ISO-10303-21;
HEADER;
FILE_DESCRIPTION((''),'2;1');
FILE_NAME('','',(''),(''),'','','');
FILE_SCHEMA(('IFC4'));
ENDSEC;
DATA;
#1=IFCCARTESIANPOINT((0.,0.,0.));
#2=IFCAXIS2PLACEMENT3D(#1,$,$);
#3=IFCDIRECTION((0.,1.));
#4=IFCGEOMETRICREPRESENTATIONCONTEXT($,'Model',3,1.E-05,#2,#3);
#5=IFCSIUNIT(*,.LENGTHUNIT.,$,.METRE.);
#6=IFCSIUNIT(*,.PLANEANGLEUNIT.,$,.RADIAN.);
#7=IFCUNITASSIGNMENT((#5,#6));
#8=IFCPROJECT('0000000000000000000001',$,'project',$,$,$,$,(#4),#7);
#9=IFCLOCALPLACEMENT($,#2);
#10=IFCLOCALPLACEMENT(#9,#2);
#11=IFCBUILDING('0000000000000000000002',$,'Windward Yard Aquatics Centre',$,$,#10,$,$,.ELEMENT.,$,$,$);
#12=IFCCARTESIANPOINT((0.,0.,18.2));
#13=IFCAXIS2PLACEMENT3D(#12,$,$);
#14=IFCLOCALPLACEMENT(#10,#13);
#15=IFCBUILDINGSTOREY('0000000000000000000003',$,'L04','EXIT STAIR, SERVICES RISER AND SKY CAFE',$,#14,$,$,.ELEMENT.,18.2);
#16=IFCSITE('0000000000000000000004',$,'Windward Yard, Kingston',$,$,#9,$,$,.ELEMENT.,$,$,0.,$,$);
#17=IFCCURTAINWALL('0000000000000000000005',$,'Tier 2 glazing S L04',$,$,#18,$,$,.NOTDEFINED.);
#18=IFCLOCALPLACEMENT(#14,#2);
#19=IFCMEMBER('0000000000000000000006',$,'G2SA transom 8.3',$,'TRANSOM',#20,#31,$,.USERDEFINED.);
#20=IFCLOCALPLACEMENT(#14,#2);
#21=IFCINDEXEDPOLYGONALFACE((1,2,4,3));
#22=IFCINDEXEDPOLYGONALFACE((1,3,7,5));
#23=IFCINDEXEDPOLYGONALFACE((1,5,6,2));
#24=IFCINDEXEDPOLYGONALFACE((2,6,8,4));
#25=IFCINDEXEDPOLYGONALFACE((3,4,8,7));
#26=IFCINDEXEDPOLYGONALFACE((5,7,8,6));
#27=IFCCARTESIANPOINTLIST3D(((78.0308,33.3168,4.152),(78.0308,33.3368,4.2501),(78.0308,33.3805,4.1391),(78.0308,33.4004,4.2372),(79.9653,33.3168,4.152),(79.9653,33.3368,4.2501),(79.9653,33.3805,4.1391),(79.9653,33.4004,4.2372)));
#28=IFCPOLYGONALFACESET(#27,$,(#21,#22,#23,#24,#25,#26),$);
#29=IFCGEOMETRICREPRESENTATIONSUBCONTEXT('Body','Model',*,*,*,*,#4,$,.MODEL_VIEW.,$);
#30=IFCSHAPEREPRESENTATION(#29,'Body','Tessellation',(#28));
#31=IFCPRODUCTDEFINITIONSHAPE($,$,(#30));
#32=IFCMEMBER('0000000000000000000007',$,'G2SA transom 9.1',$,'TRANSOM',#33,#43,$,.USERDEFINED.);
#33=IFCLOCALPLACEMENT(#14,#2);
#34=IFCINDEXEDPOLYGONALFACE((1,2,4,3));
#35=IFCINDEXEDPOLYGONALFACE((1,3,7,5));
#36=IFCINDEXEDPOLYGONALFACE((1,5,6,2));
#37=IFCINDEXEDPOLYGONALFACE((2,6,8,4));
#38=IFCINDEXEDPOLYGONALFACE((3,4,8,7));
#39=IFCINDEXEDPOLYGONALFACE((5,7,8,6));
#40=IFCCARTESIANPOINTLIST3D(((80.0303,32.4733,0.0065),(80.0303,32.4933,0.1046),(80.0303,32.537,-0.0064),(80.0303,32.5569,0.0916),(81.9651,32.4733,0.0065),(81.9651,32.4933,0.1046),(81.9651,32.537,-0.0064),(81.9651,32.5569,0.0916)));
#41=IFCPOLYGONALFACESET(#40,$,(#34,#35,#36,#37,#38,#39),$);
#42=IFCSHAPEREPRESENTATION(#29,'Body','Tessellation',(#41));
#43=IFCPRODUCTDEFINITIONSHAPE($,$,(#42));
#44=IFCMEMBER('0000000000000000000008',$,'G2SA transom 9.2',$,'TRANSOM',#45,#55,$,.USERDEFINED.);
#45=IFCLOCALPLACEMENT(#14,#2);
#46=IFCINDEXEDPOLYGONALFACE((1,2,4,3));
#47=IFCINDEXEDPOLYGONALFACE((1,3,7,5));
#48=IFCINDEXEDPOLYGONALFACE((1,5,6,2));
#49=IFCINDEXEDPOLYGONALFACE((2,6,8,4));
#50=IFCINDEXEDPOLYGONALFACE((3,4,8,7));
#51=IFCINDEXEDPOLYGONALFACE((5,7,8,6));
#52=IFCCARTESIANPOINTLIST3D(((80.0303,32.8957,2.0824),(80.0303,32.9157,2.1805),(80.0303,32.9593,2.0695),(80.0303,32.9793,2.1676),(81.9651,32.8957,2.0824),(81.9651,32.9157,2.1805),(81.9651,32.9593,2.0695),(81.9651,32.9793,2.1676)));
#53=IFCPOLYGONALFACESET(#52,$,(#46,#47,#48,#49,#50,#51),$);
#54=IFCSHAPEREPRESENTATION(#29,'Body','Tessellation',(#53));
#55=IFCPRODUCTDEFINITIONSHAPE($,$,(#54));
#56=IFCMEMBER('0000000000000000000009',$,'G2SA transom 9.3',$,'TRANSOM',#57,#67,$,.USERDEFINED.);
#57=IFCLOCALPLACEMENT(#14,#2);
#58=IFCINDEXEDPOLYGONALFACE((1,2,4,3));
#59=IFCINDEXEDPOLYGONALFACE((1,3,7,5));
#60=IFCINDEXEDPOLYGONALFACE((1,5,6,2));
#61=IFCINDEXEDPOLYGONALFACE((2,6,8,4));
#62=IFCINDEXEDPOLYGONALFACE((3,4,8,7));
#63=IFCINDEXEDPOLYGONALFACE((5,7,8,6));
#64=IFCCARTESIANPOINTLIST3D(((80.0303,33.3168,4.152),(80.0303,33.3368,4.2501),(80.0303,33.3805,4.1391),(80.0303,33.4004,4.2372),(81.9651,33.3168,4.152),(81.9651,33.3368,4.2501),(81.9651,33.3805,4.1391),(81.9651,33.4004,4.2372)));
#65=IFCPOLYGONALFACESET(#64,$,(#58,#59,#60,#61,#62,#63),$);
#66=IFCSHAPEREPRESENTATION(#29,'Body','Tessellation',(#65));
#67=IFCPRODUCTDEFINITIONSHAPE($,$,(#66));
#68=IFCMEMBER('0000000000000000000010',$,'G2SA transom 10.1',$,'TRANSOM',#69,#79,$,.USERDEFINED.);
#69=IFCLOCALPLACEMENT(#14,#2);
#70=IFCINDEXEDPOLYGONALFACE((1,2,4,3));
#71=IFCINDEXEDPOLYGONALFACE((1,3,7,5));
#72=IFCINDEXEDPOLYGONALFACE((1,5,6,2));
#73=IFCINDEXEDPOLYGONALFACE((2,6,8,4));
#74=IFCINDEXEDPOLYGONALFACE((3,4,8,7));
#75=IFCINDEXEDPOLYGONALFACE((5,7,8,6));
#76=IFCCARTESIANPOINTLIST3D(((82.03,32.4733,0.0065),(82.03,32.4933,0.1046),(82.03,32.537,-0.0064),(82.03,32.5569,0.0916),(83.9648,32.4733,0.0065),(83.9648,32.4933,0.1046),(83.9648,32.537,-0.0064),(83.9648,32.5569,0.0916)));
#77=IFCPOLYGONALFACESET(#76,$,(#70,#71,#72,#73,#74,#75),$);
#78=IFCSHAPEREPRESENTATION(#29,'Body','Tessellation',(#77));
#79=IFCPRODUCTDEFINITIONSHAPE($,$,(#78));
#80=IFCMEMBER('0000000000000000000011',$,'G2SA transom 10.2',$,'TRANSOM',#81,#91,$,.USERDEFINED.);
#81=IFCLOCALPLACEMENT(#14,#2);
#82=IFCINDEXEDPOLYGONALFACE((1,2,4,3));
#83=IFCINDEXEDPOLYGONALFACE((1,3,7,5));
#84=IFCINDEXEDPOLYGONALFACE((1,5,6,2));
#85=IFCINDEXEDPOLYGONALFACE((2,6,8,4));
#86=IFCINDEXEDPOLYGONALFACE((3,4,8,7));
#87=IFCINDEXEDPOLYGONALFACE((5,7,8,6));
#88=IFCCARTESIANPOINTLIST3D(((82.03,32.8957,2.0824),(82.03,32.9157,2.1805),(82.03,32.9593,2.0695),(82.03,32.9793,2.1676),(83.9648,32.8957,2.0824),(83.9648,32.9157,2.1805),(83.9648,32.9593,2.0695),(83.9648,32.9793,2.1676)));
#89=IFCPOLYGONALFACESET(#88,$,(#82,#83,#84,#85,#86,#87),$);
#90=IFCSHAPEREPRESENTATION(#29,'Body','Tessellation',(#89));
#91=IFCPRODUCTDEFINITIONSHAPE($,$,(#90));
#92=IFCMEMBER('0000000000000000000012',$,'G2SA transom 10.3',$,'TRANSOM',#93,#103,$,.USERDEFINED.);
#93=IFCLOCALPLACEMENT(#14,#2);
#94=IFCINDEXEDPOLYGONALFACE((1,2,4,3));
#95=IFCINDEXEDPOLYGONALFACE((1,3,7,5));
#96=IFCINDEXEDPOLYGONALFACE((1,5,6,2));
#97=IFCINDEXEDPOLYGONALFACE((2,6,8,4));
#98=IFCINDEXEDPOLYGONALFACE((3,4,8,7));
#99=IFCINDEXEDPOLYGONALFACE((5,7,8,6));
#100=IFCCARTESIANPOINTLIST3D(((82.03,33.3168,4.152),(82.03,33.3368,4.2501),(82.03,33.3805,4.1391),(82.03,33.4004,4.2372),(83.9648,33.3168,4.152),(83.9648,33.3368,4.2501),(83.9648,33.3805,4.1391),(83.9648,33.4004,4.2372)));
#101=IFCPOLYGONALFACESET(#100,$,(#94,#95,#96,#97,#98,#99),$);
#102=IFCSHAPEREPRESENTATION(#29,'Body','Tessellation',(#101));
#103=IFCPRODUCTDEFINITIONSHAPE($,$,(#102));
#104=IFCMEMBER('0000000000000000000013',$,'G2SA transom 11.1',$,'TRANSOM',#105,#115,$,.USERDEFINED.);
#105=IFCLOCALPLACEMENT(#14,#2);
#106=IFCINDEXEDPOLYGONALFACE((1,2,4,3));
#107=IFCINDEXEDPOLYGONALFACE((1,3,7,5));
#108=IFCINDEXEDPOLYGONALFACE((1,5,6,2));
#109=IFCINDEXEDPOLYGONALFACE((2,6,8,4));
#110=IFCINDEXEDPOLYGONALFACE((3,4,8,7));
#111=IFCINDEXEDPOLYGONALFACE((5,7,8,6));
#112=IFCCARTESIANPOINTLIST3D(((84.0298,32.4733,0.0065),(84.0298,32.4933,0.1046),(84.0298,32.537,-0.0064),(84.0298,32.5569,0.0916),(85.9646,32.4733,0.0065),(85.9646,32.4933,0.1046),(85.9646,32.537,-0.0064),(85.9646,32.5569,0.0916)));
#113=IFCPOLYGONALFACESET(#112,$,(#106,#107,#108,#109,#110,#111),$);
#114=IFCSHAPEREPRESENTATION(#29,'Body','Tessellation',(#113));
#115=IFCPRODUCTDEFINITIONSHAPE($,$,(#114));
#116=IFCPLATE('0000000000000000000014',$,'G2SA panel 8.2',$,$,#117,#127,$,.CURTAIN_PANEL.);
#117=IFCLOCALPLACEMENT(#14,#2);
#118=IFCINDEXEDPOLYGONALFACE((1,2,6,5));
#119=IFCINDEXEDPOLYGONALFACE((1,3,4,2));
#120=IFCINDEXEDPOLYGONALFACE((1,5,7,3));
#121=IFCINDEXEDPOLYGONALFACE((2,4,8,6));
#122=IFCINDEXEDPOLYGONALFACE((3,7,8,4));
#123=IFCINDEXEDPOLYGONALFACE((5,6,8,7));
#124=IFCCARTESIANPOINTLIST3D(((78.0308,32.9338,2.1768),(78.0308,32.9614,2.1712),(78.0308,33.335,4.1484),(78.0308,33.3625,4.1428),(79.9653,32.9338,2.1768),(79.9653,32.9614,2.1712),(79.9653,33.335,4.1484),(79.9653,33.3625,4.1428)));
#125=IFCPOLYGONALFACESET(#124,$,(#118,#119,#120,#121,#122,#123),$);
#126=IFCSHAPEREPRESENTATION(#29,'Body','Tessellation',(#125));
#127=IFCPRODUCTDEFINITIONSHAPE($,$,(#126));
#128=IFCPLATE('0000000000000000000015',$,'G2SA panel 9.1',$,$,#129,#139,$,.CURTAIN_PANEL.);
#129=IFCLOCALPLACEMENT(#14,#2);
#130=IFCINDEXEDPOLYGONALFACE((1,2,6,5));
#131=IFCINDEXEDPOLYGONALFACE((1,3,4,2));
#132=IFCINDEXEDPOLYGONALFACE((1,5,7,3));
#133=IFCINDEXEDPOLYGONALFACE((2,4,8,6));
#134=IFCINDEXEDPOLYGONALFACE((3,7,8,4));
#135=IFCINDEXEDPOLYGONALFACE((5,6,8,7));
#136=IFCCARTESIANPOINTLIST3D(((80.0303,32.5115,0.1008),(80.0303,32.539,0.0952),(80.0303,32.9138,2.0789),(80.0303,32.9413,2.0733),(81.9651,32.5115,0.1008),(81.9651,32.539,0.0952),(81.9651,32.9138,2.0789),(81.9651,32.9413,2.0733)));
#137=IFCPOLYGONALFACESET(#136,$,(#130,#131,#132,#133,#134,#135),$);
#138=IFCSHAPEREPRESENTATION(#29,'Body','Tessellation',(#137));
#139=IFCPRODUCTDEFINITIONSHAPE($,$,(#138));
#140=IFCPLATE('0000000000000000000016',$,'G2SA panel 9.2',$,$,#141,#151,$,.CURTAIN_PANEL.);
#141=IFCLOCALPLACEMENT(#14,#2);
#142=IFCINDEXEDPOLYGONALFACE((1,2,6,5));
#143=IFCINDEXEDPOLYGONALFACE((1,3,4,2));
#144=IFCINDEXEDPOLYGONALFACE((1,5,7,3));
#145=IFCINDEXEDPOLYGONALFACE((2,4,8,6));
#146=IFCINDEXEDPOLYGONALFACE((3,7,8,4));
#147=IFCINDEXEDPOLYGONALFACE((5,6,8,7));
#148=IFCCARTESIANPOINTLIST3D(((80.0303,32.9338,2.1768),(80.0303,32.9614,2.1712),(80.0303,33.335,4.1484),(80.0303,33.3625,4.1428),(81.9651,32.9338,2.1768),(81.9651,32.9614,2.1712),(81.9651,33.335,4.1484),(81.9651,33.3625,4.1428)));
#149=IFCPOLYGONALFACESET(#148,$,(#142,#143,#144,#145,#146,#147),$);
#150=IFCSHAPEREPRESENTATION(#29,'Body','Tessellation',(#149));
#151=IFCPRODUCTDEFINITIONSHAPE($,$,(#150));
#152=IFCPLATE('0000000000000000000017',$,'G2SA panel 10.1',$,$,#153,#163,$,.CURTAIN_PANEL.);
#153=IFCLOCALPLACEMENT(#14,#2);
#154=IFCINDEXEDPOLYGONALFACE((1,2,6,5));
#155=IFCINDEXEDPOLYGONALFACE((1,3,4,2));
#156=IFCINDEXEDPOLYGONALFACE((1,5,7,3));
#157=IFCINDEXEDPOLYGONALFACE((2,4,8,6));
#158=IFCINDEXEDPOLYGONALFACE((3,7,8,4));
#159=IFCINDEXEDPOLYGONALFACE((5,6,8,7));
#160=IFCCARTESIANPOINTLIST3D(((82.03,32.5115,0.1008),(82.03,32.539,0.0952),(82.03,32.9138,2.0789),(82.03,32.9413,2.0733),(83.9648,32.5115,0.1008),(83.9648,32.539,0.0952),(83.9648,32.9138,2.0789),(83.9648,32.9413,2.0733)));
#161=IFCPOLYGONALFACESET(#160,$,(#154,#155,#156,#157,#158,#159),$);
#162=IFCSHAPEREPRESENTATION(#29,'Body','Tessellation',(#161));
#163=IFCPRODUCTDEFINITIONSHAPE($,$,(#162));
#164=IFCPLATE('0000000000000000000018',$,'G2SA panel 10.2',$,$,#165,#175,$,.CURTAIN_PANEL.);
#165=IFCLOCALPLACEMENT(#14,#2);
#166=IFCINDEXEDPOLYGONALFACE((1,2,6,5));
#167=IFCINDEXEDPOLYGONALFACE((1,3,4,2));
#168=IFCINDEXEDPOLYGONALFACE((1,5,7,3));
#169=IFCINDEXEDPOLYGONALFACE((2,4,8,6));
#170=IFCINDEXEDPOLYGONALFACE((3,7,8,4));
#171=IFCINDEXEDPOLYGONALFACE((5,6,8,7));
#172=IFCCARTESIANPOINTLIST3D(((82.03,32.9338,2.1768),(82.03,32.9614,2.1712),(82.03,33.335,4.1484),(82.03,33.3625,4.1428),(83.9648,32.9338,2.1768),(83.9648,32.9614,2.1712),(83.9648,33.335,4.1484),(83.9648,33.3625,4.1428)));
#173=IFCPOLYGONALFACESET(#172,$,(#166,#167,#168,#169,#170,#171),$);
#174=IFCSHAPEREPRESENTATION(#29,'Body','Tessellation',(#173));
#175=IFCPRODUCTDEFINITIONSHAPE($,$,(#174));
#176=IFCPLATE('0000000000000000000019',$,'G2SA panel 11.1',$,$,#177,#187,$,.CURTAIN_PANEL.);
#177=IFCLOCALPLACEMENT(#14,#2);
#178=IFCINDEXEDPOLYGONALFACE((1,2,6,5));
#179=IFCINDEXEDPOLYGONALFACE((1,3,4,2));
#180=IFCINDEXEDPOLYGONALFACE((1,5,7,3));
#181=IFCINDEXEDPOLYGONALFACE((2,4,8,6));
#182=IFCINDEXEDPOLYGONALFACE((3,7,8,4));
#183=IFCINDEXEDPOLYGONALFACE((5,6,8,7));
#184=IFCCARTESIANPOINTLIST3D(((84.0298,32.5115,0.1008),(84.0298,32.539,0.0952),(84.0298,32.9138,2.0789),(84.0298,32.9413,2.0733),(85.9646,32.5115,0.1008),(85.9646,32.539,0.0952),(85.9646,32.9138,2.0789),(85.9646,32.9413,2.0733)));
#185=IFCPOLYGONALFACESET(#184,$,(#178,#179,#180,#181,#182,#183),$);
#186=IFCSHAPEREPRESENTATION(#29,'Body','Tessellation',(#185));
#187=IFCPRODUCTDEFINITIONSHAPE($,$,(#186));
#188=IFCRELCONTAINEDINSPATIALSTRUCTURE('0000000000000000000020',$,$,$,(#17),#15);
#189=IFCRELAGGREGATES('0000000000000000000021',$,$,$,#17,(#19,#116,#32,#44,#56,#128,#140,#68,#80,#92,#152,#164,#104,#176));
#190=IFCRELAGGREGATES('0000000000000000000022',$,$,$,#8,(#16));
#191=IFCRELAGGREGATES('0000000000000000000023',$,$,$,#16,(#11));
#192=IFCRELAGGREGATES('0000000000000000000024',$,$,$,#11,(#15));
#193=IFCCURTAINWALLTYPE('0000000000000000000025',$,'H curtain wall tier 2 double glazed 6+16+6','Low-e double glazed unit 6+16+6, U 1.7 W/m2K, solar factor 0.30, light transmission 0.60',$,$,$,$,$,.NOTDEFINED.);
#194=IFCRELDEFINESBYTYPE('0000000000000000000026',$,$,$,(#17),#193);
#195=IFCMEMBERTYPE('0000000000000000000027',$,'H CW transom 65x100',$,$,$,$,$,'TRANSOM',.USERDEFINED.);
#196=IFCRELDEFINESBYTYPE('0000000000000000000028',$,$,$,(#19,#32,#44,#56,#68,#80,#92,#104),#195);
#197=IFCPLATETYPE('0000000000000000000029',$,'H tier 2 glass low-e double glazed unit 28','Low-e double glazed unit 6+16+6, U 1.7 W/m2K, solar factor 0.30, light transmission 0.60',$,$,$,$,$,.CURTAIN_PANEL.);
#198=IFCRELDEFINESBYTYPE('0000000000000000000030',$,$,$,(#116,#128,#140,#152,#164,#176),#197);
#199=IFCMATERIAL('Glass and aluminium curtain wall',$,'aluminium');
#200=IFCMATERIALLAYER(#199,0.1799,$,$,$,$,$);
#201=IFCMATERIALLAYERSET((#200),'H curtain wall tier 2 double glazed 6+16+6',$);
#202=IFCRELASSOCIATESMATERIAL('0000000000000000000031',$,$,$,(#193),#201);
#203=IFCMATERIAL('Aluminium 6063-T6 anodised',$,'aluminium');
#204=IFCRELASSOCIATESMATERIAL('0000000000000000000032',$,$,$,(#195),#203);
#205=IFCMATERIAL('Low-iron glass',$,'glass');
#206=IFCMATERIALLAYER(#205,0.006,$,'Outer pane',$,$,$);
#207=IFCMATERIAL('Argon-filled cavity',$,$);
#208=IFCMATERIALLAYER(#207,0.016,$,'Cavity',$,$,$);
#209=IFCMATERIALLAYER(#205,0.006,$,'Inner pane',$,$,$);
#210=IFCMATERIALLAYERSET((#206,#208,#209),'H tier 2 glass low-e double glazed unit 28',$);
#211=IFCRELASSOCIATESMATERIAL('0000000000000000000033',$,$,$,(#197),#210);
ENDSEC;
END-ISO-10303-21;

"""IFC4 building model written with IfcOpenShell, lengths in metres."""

from ifc_helpers import new_model, si_unit, direction, frame, origin, origin_2d, place, context, subcontext, project, spatial, polyline, rectangle, outline, extrude, material, layer, layer_set, material_profile, profile_set, type_object, element, aggregate, save


model = new_model("IFC4")

# Units and contexts
model_context = context("Model", 3, precision=1e-05, world=origin(), true_north=direction((0.0, 1.0)))
body_context = subcontext(model_context, "Body", "Model", "MODEL_VIEW")
ifc_project = project(units=[si_unit("LENGTHUNIT", "METRE"), si_unit("PLANEANGLEUNIT", "RADIAN")], contexts=[model_context])

# Site, building, storey
site_placement = place(None, origin())
site = spatial("IfcSite", under=ifc_project, at=site_placement, Name="Windward Yard, Kingston", CompositionType="ELEMENT", RefElevation=0.0)
building_placement = place(site_placement, origin())
building = spatial("IfcBuilding", under=site, at=building_placement, Name="Windward Yard Aquatics Centre", CompositionType="ELEMENT")
storey_placement = place(building_placement, frame((0.0, 0.0, 18.2)))
storey = spatial("IfcBuildingStorey", under=building, at=storey_placement, Name="L04", Description="EXIT STAIR, SERVICES RISER AND SKY CAFE", CompositionType="ELEMENT", Elevation=18.2)

# Curtain wall, members, plates
ifc_material_1 = material(Name="Glass and aluminium curtain wall", Category="aluminium")
ifc_layer_1 = layer(ifc_material_1, 0.1799)
ifc_layer_set_1 = layer_set([ifc_layer_1], Name="H curtain wall tier 2 double glazed 6+16+6")
curtain_wall_type = type_object("IfcCurtainWallType", Name="H curtain wall tier 2 double glazed 6+16+6", Description="Low-e double glazed unit 6+16+6, U 1.7 W/m2K, solar factor 0.30, light transmission 0.60", PredefinedType="NOTDEFINED", material=ifc_layer_set_1)
curtain_wall_placement = place(storey_placement, origin())
curtain_wall = element("IfcCurtainWall", 1, at=curtain_wall_placement, inside=storey, type_object=curtain_wall_type, Name="Tier 2 glazing S L04", PredefinedType="NOTDEFINED")
ifc_material_2 = material(Name="Aluminium 6063-T6 anodised", Category="aluminium")
ifc_material_profile_1 = material_profile(ifc_material_2, rectangle(XDim=0.0649, YDim=0.1001, at=origin_2d()), Name="H CW transom 65x100")
ifc_profile_set_1 = profile_set([ifc_material_profile_1], Name="Aluminium 6063-T6 anodised")
member_type_1 = type_object("IfcMemberType", Name="H CW transom 65x100", ElementType="TRANSOM", PredefinedType="USERDEFINED", material=ifc_profile_set_1)
member_1_placement = place(storey_placement, frame((78.0308, 33.3586, 4.1946), z_axis=(1.0, 0.0, 0.0), x_axis=(0.0, -0.979925, 0.199368)))
member_1 = element("IfcMember", 2, at=member_1_placement, type_object=member_type_1, Name="G2SA transom 8.3", ObjectType="TRANSOM", PredefinedType="USERDEFINED", context=body_context, shape_type="SweptSolid", body=[
    extrude(rectangle(XDim=0.0649, YDim=0.1001, at=origin_2d()), origin(), (0.0, 0.0, 1.0), 1.9346),
])
member_2_placement = place(storey_placement, frame((80.0303, 32.5151, 0.0491), z_axis=(1.0, 0.0, 0.0), x_axis=(0.0, -0.979925, 0.199368)))
member_2 = element("IfcMember", 3, at=member_2_placement, type_object=member_type_1, Name="G2SA transom 9.1", ObjectType="TRANSOM", PredefinedType="USERDEFINED", context=body_context, shape_type="SweptSolid", body=[
    extrude(rectangle(XDim=0.0649, YDim=0.1001, at=origin_2d()), origin(), (0.0, 0.0, 1.0), 1.9348),
])
member_3_placement = place(storey_placement, frame((80.0303, 32.9375, 2.125), z_axis=(1.0, 0.0, 0.0), x_axis=(0.0, -0.979925, 0.199368)))
member_3 = element("IfcMember", 4, at=member_3_placement, type_object=member_type_1, Name="G2SA transom 9.2", ObjectType="TRANSOM", PredefinedType="USERDEFINED", context=body_context, shape_type="SweptSolid", body=[
    extrude(rectangle(XDim=0.0649, YDim=0.1001, at=origin_2d()), origin(), (0.0, 0.0, 1.0), 1.9348),
])
member_4_placement = place(storey_placement, frame((80.0303, 33.3586, 4.1946), z_axis=(1.0, 0.0, 0.0), x_axis=(0.0, -0.979925, 0.199368)))
member_4 = element("IfcMember", 5, at=member_4_placement, type_object=member_type_1, Name="G2SA transom 9.3", ObjectType="TRANSOM", PredefinedType="USERDEFINED", context=body_context, shape_type="SweptSolid", body=[
    extrude(rectangle(XDim=0.0649, YDim=0.1001, at=origin_2d()), origin(), (0.0, 0.0, 1.0), 1.9348),
])
member_5_placement = place(storey_placement, frame((82.03, 32.5151, 0.0491), z_axis=(1.0, 0.0, 0.0), x_axis=(0.0, -0.979925, 0.199368)))
member_5 = element("IfcMember", 6, at=member_5_placement, type_object=member_type_1, Name="G2SA transom 10.1", ObjectType="TRANSOM", PredefinedType="USERDEFINED", context=body_context, shape_type="SweptSolid", body=[
    extrude(rectangle(XDim=0.0649, YDim=0.1001, at=origin_2d()), origin(), (0.0, 0.0, 1.0), 1.9348),
])
member_6_placement = place(storey_placement, frame((82.03, 32.9375, 2.125), z_axis=(1.0, 0.0, 0.0), x_axis=(0.0, -0.979925, 0.199368)))
member_6 = element("IfcMember", 7, at=member_6_placement, type_object=member_type_1, Name="G2SA transom 10.2", ObjectType="TRANSOM", PredefinedType="USERDEFINED", context=body_context, shape_type="SweptSolid", body=[
    extrude(rectangle(XDim=0.0649, YDim=0.1001, at=origin_2d()), origin(), (0.0, 0.0, 1.0), 1.9348),
])
member_7_placement = place(storey_placement, frame((82.03, 33.3586, 4.1946), z_axis=(1.0, 0.0, 0.0), x_axis=(0.0, -0.979925, 0.199368)))
member_7 = element("IfcMember", 8, at=member_7_placement, type_object=member_type_1, Name="G2SA transom 10.3", ObjectType="TRANSOM", PredefinedType="USERDEFINED", context=body_context, shape_type="SweptSolid", body=[
    extrude(rectangle(XDim=0.0649, YDim=0.1001, at=origin_2d()), origin(), (0.0, 0.0, 1.0), 1.9348),
])
member_8_placement = place(storey_placement, frame((84.0298, 32.5151, 0.0491), z_axis=(1.0, 0.0, 0.0), x_axis=(0.0, -0.979925, 0.199368)))
member_8 = element("IfcMember", 9, at=member_8_placement, type_object=member_type_1, Name="G2SA transom 11.1", ObjectType="TRANSOM", PredefinedType="USERDEFINED", context=body_context, shape_type="SweptSolid", body=[
    extrude(rectangle(XDim=0.0649, YDim=0.1001, at=origin_2d()), origin(), (0.0, 0.0, 1.0), 1.9348),
])
ifc_material_3 = material(Name="Low-iron glass", Category="glass")
ifc_layer_2 = layer(ifc_material_3, 0.006, Name="Outer pane")
ifc_material_4 = material(Name="Argon-filled cavity")
ifc_layer_3 = layer(ifc_material_4, 0.016, Name="Cavity")
ifc_layer_4 = layer(ifc_material_3, 0.006, Name="Inner pane")
ifc_layer_set_2 = layer_set([ifc_layer_2, ifc_layer_3, ifc_layer_4], Name="H tier 2 glass low-e double glazed unit 28")
plate_type = type_object("IfcPlateType", Name="H tier 2 glass low-e double glazed unit 28", Description="Low-e double glazed unit 6+16+6, U 1.7 W/m2K, solar factor 0.30, light transmission 0.60", PredefinedType="CURTAIN_PANEL", material=ifc_layer_set_2)
plate_1_placement = place(storey_placement, frame((78.0308, 32.9338, 2.1768), z_axis=(0.0, -0.979927, 0.199359), x_axis=(1.0, 0.0, 0.0)))
plate_1 = element("IfcPlate", 10, at=plate_1_placement, type_object=plate_type, Name="G2SA panel 8.2", PredefinedType="CURTAIN_PANEL", context=body_context, shape_type="SweptSolid", body=[
    extrude(outline(polyline([(0.0, 0.0), (1.9346, 0.0), (1.9346, 2.0121), (0.0, 2.0121), (0.0, 0.0)])), origin(), (0.0, 0.0, -1.0), 0.0281),
])
plate_2_placement = place(storey_placement, frame((80.0303, 32.5115, 0.1008), z_axis=(0.0, -0.979933, 0.199325), x_axis=(1.0, 0.0, 0.0)))
plate_2 = element("IfcPlate", 11, at=plate_2_placement, type_object=plate_type, Name="G2SA panel 9.1", PredefinedType="CURTAIN_PANEL", context=body_context, shape_type="SweptSolid", body=[
    extrude(outline(polyline([(0.0, 0.0), (1.9348, 0.0), (1.9348, 2.0185), (0.0, 2.0185), (0.0, 0.0)])), origin(), (0.0, 0.0, -1.0), 0.0281),
])
plate_3_placement = place(storey_placement, frame((80.0303, 32.9338, 2.1768), z_axis=(0.0, -0.979927, 0.199359), x_axis=(1.0, 0.0, 0.0)))
plate_3 = element("IfcPlate", 12, at=plate_3_placement, type_object=plate_type, Name="G2SA panel 9.2", PredefinedType="CURTAIN_PANEL", context=body_context, shape_type="SweptSolid", body=[
    extrude(outline(polyline([(0.0, 0.0), (1.9348, 0.0), (1.9348, 2.0121), (0.0, 2.0121), (0.0, 0.0)])), origin(), (0.0, 0.0, -1.0), 0.0281),
])
plate_4_placement = place(storey_placement, frame((82.03, 32.5115, 0.1008), z_axis=(0.0, -0.979933, 0.199325), x_axis=(1.0, 0.0, 0.0)))
plate_4 = element("IfcPlate", 13, at=plate_4_placement, type_object=plate_type, Name="G2SA panel 10.1", PredefinedType="CURTAIN_PANEL", context=body_context, shape_type="SweptSolid", body=[
    extrude(outline(polyline([(0.0, 0.0), (1.9348, 0.0), (1.9348, 2.0185), (0.0, 2.0185), (0.0, 0.0)])), origin(), (0.0, 0.0, -1.0), 0.0281),
])
plate_5_placement = place(storey_placement, frame((82.03, 32.9338, 2.1768), z_axis=(0.0, -0.979927, 0.199359), x_axis=(1.0, 0.0, 0.0)))
plate_5 = element("IfcPlate", 14, at=plate_5_placement, type_object=plate_type, Name="G2SA panel 10.2", PredefinedType="CURTAIN_PANEL", context=body_context, shape_type="SweptSolid", body=[
    extrude(outline(polyline([(0.0, 0.0), (1.9348, 0.0), (1.9348, 2.0121), (0.0, 2.0121), (0.0, 0.0)])), origin(), (0.0, 0.0, -1.0), 0.0281),
])
plate_6_placement = place(storey_placement, frame((84.0298, 32.5115, 0.1008), z_axis=(0.0, -0.979933, 0.199325), x_axis=(1.0, 0.0, 0.0)))
plate_6 = element("IfcPlate", 15, at=plate_6_placement, type_object=plate_type, Name="G2SA panel 11.1", PredefinedType="CURTAIN_PANEL", context=body_context, shape_type="SweptSolid", body=[
    extrude(outline(polyline([(0.0, 0.0), (1.9348, 0.0), (1.9348, 2.0185), (0.0, 2.0185), (0.0, 0.0)])), origin(), (0.0, 0.0, -1.0), 0.0281),
])
aggregate(curtain_wall, [member_1, plate_1, member_2, member_3, member_4, plate_2, plate_3, member_5, member_6, member_7, plate_4, plate_5, member_8, plate_6])

save(model, "model.ifc")
